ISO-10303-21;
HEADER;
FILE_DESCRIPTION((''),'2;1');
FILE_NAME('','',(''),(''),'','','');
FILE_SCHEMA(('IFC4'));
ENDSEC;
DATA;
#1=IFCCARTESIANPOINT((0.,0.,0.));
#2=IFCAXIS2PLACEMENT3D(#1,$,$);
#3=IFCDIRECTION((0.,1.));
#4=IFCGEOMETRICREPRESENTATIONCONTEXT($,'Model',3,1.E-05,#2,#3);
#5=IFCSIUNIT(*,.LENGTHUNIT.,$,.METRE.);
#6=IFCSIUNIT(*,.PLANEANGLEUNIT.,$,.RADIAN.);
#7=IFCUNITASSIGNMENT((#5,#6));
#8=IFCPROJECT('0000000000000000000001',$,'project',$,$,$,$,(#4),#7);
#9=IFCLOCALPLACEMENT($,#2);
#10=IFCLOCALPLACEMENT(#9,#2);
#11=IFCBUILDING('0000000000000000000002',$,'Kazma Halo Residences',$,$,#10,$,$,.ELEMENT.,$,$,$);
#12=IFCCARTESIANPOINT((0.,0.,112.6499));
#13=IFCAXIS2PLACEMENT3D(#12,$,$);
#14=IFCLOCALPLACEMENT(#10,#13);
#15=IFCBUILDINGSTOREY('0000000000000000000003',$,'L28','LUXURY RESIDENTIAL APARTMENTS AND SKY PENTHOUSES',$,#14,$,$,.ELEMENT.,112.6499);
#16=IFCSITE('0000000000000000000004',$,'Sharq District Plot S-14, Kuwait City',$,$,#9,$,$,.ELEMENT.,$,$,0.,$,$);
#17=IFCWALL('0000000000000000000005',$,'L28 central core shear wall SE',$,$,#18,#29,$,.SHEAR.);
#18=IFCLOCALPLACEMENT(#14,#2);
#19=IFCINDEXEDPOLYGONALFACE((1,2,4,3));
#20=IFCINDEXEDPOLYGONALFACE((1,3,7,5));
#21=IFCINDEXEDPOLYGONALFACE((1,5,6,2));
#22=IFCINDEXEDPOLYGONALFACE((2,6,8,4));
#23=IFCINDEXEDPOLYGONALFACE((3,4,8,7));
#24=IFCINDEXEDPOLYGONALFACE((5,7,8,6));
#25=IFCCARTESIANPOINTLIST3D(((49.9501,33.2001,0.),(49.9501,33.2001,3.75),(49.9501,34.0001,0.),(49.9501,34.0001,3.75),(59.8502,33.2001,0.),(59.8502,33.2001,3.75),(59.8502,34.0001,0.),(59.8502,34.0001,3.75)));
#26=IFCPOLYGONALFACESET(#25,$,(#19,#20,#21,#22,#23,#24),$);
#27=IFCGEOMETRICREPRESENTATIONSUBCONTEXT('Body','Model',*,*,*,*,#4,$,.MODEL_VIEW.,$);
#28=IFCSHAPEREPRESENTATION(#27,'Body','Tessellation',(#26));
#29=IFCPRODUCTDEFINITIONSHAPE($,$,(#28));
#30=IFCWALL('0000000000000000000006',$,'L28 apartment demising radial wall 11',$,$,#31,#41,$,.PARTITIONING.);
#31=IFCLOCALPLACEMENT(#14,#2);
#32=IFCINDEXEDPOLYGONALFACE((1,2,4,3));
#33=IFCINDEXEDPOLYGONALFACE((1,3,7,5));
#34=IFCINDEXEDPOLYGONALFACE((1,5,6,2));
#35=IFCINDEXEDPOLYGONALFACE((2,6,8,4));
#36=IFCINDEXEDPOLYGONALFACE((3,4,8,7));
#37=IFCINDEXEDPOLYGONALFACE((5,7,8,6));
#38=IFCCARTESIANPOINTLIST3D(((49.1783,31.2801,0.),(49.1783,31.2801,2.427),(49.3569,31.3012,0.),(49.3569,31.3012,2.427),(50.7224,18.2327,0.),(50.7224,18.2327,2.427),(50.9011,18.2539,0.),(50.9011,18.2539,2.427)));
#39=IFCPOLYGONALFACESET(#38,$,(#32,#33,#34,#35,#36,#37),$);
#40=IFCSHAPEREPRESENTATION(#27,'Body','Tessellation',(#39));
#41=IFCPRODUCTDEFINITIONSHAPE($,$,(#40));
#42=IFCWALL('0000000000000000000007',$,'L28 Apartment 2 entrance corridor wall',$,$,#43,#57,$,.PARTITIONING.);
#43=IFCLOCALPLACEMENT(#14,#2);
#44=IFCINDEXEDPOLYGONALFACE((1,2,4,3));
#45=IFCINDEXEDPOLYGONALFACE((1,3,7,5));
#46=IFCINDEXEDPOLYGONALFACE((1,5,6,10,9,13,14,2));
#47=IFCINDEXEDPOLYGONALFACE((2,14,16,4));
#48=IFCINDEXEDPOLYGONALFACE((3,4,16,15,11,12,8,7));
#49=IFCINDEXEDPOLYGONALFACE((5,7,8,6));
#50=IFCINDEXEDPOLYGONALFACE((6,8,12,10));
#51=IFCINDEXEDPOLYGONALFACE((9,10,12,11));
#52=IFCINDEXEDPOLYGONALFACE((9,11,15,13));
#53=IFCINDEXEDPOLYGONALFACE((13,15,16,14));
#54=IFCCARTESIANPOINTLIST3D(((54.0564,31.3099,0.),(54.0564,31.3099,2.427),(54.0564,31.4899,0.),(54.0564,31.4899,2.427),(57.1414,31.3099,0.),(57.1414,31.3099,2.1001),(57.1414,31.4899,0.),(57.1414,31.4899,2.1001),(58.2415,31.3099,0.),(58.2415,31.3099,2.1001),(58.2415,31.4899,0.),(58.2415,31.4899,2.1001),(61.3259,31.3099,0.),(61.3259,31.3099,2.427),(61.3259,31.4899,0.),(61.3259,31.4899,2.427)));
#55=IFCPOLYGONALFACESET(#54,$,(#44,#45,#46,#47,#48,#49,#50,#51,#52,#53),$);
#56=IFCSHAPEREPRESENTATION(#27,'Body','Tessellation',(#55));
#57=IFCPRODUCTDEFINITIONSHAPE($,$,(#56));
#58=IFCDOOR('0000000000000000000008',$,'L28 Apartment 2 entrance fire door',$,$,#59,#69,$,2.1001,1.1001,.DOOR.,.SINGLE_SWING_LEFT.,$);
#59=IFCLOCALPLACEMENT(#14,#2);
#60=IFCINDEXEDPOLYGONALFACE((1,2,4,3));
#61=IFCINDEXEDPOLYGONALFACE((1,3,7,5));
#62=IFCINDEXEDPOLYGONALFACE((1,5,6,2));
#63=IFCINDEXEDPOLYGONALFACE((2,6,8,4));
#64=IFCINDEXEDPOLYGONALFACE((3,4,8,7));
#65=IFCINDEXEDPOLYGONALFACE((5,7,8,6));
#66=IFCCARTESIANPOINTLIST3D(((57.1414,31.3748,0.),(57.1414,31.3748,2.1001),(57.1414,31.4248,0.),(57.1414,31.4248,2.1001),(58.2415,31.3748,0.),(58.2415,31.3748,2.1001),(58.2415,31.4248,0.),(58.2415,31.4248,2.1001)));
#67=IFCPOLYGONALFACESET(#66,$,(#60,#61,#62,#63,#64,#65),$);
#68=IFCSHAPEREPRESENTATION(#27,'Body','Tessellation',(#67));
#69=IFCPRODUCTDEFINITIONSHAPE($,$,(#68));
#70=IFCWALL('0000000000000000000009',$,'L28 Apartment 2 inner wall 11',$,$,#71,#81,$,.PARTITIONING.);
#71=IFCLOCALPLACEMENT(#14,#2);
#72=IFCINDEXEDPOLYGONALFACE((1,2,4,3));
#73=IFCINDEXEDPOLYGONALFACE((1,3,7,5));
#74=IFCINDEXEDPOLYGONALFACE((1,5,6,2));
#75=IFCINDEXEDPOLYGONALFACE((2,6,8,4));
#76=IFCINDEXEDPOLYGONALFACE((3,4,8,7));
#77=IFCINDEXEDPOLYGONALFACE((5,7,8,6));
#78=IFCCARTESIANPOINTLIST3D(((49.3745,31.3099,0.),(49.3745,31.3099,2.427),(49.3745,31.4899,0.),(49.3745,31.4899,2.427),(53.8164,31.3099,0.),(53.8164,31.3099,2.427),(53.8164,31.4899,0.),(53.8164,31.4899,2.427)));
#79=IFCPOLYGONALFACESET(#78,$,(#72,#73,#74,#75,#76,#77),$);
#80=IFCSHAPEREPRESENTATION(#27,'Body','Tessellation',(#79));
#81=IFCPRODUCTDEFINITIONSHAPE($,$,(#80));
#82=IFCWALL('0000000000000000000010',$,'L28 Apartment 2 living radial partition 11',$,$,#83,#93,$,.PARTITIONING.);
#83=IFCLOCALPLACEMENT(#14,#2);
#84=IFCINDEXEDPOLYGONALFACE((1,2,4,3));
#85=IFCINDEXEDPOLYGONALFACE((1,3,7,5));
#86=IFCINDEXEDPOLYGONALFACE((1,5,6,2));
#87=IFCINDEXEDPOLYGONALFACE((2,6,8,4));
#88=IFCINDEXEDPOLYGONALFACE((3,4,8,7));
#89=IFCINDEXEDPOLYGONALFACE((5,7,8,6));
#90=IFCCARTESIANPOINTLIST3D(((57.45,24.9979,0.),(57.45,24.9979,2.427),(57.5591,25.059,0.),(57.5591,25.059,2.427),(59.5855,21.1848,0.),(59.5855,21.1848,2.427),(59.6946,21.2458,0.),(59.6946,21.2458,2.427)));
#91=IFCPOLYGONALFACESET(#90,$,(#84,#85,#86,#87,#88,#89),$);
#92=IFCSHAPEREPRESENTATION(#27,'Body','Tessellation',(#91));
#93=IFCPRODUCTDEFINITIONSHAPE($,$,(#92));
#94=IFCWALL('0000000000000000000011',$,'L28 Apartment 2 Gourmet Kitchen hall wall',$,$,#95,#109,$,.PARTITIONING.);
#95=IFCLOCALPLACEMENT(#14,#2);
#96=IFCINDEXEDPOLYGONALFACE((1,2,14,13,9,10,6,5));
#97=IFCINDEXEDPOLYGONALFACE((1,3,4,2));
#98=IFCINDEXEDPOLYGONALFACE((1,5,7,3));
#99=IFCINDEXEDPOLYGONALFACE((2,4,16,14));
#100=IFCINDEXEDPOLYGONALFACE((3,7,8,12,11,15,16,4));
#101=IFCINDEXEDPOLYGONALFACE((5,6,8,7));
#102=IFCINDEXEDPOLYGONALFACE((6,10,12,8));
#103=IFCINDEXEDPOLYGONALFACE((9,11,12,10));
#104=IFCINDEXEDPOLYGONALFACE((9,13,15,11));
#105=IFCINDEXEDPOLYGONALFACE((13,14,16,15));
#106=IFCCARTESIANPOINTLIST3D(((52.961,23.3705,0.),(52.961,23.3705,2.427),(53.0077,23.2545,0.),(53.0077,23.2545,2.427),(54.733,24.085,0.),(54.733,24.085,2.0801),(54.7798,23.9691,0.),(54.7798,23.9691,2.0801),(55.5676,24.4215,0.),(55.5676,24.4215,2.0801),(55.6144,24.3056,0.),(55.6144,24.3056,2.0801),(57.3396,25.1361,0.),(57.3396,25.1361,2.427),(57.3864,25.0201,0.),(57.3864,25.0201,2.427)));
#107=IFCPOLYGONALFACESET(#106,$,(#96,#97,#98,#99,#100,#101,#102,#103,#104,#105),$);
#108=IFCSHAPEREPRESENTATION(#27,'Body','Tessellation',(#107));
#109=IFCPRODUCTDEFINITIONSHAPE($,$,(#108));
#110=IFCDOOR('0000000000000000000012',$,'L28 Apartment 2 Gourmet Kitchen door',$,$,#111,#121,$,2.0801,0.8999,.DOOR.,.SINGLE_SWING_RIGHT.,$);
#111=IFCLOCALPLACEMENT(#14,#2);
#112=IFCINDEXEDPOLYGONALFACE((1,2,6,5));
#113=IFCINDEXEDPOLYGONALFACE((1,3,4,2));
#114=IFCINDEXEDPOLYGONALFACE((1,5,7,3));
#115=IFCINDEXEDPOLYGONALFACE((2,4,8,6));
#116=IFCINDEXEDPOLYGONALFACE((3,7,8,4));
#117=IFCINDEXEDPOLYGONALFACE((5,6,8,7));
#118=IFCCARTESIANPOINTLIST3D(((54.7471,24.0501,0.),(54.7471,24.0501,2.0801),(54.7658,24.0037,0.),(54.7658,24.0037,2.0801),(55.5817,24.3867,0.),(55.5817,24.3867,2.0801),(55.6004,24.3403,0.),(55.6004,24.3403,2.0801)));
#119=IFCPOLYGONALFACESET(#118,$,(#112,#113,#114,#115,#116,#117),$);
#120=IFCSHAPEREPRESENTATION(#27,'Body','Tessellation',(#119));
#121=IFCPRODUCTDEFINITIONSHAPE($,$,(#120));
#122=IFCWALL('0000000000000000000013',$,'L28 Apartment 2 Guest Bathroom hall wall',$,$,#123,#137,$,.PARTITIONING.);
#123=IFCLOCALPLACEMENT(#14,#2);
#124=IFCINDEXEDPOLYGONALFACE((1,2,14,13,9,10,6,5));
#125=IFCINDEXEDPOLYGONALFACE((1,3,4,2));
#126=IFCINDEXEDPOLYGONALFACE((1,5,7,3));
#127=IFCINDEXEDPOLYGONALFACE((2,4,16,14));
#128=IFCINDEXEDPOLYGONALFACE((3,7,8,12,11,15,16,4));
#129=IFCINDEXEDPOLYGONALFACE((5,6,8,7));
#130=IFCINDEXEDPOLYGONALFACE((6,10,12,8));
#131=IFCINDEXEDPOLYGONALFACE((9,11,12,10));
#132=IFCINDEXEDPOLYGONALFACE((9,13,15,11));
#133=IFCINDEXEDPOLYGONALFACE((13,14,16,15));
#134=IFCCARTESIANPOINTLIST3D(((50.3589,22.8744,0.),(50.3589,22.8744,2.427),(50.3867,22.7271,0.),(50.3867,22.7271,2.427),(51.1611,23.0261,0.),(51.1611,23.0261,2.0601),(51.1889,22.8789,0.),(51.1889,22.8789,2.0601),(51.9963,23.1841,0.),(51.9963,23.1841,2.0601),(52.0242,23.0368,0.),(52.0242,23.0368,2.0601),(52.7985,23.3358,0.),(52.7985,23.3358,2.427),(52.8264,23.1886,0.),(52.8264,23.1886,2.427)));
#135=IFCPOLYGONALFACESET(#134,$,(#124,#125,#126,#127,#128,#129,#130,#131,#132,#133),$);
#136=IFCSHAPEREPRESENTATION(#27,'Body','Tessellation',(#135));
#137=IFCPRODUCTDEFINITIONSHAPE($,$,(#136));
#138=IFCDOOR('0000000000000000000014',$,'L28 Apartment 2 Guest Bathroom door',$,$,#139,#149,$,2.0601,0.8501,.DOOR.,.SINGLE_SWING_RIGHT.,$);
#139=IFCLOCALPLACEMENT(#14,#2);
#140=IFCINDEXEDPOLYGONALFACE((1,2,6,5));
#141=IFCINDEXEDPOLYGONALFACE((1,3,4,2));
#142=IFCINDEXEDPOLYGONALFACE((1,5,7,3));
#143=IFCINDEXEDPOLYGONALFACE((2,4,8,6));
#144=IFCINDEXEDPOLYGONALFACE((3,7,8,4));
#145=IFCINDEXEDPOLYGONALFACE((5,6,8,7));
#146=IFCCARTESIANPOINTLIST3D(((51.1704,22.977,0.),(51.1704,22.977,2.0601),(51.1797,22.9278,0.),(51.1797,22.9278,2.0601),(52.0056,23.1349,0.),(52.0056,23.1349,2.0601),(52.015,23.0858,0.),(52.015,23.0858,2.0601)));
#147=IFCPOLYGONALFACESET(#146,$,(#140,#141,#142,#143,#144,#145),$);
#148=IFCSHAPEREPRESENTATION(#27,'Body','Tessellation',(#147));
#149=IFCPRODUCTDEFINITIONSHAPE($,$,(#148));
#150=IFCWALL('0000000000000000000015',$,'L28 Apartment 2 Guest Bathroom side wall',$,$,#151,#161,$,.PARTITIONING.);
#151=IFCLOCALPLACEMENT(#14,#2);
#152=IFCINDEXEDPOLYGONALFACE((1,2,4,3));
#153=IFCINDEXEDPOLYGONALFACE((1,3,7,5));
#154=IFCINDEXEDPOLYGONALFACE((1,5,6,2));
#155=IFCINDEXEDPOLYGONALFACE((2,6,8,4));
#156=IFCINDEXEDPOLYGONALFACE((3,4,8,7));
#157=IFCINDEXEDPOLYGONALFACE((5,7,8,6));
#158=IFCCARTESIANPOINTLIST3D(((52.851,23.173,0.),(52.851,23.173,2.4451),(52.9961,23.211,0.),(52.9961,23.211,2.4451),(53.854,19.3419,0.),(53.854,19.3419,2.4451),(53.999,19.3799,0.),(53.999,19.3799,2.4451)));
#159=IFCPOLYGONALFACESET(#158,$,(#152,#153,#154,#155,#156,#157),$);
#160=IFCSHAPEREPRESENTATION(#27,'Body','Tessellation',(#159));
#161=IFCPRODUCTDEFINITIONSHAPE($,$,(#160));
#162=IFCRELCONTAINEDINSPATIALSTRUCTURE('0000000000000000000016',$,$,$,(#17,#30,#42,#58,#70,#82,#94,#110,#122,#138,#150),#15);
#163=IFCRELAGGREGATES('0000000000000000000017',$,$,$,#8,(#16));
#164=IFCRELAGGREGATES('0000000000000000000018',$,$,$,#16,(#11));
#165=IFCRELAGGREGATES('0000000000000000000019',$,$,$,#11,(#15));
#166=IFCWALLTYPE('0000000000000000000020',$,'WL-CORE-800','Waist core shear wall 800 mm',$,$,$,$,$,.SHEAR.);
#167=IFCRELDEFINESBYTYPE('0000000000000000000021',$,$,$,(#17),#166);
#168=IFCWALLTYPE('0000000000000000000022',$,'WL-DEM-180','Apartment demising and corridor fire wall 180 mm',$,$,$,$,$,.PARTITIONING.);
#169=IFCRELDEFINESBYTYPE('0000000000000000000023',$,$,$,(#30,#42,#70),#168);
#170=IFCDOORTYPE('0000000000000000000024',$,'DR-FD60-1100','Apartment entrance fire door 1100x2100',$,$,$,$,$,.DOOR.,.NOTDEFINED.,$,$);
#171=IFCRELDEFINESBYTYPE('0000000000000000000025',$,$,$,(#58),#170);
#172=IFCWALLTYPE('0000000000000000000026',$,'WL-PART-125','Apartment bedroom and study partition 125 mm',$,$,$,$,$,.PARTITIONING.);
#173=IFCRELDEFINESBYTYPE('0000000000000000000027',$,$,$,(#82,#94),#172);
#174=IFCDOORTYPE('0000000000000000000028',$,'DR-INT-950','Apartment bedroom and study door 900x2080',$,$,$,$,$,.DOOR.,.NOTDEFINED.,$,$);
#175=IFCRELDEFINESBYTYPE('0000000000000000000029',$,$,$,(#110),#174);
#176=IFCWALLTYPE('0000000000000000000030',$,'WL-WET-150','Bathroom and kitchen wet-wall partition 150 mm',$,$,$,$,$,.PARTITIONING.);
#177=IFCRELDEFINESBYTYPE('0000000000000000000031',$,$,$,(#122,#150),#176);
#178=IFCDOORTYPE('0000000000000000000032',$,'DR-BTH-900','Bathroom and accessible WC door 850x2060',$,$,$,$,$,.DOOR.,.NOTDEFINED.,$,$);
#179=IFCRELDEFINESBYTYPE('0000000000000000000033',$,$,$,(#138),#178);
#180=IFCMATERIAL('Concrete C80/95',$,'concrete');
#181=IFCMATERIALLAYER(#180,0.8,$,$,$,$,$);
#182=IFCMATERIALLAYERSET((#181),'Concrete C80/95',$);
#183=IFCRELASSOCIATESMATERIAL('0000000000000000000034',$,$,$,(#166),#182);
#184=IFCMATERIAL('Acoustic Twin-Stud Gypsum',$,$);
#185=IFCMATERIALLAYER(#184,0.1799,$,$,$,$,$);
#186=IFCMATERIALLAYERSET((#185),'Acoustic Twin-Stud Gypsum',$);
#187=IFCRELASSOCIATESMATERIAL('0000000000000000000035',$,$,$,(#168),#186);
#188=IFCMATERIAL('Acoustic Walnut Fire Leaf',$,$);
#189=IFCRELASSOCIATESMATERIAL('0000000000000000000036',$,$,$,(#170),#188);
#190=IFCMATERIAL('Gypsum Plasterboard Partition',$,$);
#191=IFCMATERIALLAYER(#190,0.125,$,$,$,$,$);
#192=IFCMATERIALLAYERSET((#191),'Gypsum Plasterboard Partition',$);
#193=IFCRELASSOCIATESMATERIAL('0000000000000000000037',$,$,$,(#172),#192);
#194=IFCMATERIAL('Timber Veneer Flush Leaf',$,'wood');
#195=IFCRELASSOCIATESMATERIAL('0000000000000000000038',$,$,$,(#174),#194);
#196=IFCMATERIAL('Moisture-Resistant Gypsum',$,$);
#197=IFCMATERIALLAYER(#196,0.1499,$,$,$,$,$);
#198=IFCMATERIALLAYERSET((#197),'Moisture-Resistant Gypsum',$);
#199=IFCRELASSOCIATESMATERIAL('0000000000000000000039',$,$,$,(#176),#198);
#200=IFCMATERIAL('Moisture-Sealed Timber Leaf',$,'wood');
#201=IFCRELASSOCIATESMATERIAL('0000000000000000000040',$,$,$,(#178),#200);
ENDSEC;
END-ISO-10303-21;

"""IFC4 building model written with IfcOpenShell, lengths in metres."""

from ifc_helpers import new_model, si_unit, direction, frame, frame_2d, origin, place, context, subcontext, project, spatial, rectangle, extrude, material, layer, layer_set, type_object, element, fill, save


model = new_model("IFC4")

# Units and contexts
model_context = context("Model", 3, precision=1e-05, world=origin(), true_north=direction((0.0, 1.0)))
body_context = subcontext(model_context, "Body", "Model", "MODEL_VIEW")
ifc_project = project(units=[si_unit("LENGTHUNIT", "METRE"), si_unit("PLANEANGLEUNIT", "RADIAN")], contexts=[model_context])

# Site, building, storey
site_placement = place(None, origin())
site = spatial("IfcSite", under=ifc_project, at=site_placement, Name="Sharq District Plot S-14, Kuwait City", CompositionType="ELEMENT", RefElevation=0.0)
building_placement = place(site_placement, origin())
building = spatial("IfcBuilding", under=site, at=building_placement, Name="Kazma Halo Residences", CompositionType="ELEMENT")
storey_placement = place(building_placement, frame((0.0, 0.0, 112.6499)))
storey = spatial("IfcBuildingStorey", under=building, at=storey_placement, Name="L28", Description="LUXURY RESIDENTIAL APARTMENTS AND SKY PENTHOUSES", CompositionType="ELEMENT", Elevation=112.6499)

# Shared definitions
ifc_material_1 = material(Name="Concrete C80/95", Category="concrete")

# Walls
ifc_layer_1 = layer(ifc_material_1, 0.8)
ifc_layer_set_1 = layer_set([ifc_layer_1], Name="Concrete C80/95")
wall_type_1 = type_object("IfcWallType", Name="WL-CORE-800", Description="Waist core shear wall 800 mm", PredefinedType="SHEAR", material=ifc_layer_set_1)
wall_1_placement = place(storey_placement, frame((49.95, 33.6001, 0.0), z_axis=(0.0, 0.0, 1.0), x_axis=(1.0, 0.0, 0.0)))
element("IfcWall", 1, at=wall_1_placement, inside=storey, type_object=wall_type_1, Name="L28 central core shear wall SE", PredefinedType="SHEAR", context=body_context, shape_type="SweptSolid", body=[
    extrude(rectangle(XDim=9.9001, YDim=0.8, at=frame_2d((4.9502, 0.0))), origin(), (0.0, 0.0, 1.0), 3.75),
])
ifc_material_2 = material(Name="Acoustic Twin-Stud Gypsum")
ifc_layer_2 = layer(ifc_material_2, 0.1799)
ifc_layer_set_2 = layer_set([ifc_layer_2], Name="Acoustic Twin-Stud Gypsum")
wall_type_2 = type_object("IfcWallType", Name="WL-DEM-180", Description="Apartment demising and corridor fire wall 180 mm", PredefinedType="PARTITIONING", material=ifc_layer_set_2)
wall_2_placement = place(storey_placement, frame((49.2676, 31.2908, 0.0), z_axis=(0.0, 0.0, 1.0), x_axis=(0.117532, -0.993069, 0.0)))
element("IfcWall", 2, at=wall_2_placement, inside=storey, type_object=wall_type_2, Name="L28 apartment demising radial wall 11", PredefinedType="PARTITIONING", context=body_context, shape_type="SweptSolid", body=[
    extrude(rectangle(XDim=13.1384, YDim=0.1799, at=frame_2d((6.5693, 0.0))), origin(), (0.0, 0.0, 1.0), 2.427),
])

# Wall, opening, door
wall_3_placement = place(storey_placement, frame((54.0564, 31.3999, 0.0), z_axis=(0.0, 0.0, 1.0), x_axis=(1.0, 0.0, 0.0)))
wall_3 = element("IfcWall", 3, at=wall_3_placement, inside=storey, type_object=wall_type_2, Name="L28 Apartment 2 entrance corridor wall", PredefinedType="PARTITIONING", context=body_context, shape_type="SweptSolid", body=[
    extrude(rectangle(XDim=7.2695, YDim=0.1799, at=frame_2d((3.6348, 0.0))), origin(), (0.0, 0.0, 1.0), 2.427),
])
opening_1_placement = place(wall_3_placement, frame((3.085, 0.0, 0.0)))
opening_1 = element("IfcOpeningElement", 4, at=opening_1_placement, cuts=wall_3, PredefinedType="OPENING", context=body_context, shape_type="SweptSolid", body=[
    extrude(rectangle(XDim=1.1001, YDim=2.1001, at=frame_2d((0.55, 1.05))), frame((0.0, 0.0999, 0.0), z_axis=(0.0, -1.0, 0.0), x_axis=(1.0, 0.0, 0.0)), (0.0, 0.0, 1.0), 0.2),
])
ifc_material_3 = material(Name="Acoustic Walnut Fire Leaf")
door_type_1 = type_object("IfcDoorType", Name="DR-FD60-1100", Description="Apartment entrance fire door 1100x2100", OperationType="NOTDEFINED", PredefinedType="DOOR", material=ifc_material_3)
door_1_placement = place(opening_1_placement, origin())
door_1 = element("IfcDoor", 5, at=door_1_placement, inside=storey, type_object=door_type_1, Name="L28 Apartment 2 entrance fire door", OperationType="SINGLE_SWING_LEFT", OverallHeight=2.1001, OverallWidth=1.1001, PredefinedType="DOOR", context=body_context, shape_type="SweptSolid", body=[
    extrude(rectangle(XDim=1.1001, YDim=2.1001, at=frame_2d((0.55, 1.05))), frame((0.0, 0.0249, 0.0), z_axis=(0.0, -1.0, 0.0), x_axis=(1.0, 0.0, 0.0)), (0.0, 0.0, 1.0), 0.05),
])
fill(opening_1, door_1)

# Wall
wall_4_placement = place(storey_placement, frame((49.3745, 31.3999, 0.0), z_axis=(0.0, 0.0, 1.0), x_axis=(1.0, 0.0, 0.0)))
element("IfcWall", 6, at=wall_4_placement, inside=storey, type_object=wall_type_2, Name="L28 Apartment 2 inner wall 11", PredefinedType="PARTITIONING", context=body_context, shape_type="SweptSolid", body=[
    extrude(rectangle(XDim=4.4419, YDim=0.1799, at=frame_2d((2.2209, 0.0))), origin(), (0.0, 0.0, 1.0), 2.427),
])

# Wall
ifc_material_4 = material(Name="Gypsum Plasterboard Partition")
ifc_layer_3 = layer(ifc_material_4, 0.125)
ifc_layer_set_3 = layer_set([ifc_layer_3], Name="Gypsum Plasterboard Partition")
wall_type_3 = type_object("IfcWallType", Name="WL-PART-125", Description="Apartment bedroom and study partition 125 mm", PredefinedType="PARTITIONING", material=ifc_layer_set_3)
wall_5_placement = place(storey_placement, frame((57.5046, 25.0283, 0.0), z_axis=(0.0, 0.0, 1.0), x_axis=(0.488619, -0.872497, 0.0)))
element("IfcWall", 7, at=wall_5_placement, inside=storey, type_object=wall_type_3, Name="L28 Apartment 2 living radial partition 11", PredefinedType="PARTITIONING", context=body_context, shape_type="SweptSolid", body=[
    extrude(rectangle(XDim=4.3704, YDim=0.125, at=frame_2d((2.1851, 0.0))), origin(), (0.0, 0.0, 1.0), 2.427),
])

# Walls, openings, doors
wall_6_placement = place(storey_placement, frame((52.9844, 23.3125, 0.0), z_axis=(0.0, 0.0, 1.0), x_axis=(0.927439, 0.373975, 0.0)))
wall_6 = element("IfcWall", 8, at=wall_6_placement, inside=storey, type_object=wall_type_3, Name="L28 Apartment 2 Gourmet Kitchen hall wall", PredefinedType="PARTITIONING", context=body_context, shape_type="SweptSolid", body=[
    extrude(rectangle(XDim=4.7212, YDim=0.125, at=frame_2d((2.3606, 0.0))), origin(), (0.0, 0.0, 1.0), 2.427),
])
opening_2_placement = place(wall_6_placement, frame((1.9106, 0.0, 0.0)))
opening_2 = element("IfcOpeningElement", 9, at=opening_2_placement, cuts=wall_6, PredefinedType="OPENING", context=body_context, shape_type="SweptSolid", body=[
    extrude(rectangle(XDim=0.8999, YDim=2.0801, at=frame_2d((0.45, 1.04))), frame((0.0, 0.0725, 0.0), z_axis=(0.0, -1.0, 0.0), x_axis=(1.0, 0.0, 0.0)), (0.0, 0.0, 1.0), 0.145),
])
ifc_material_5 = material(Name="Timber Veneer Flush Leaf", Category="wood")
door_type_2 = type_object("IfcDoorType", Name="DR-INT-950", Description="Apartment bedroom and study door 900x2080", OperationType="NOTDEFINED", PredefinedType="DOOR", material=ifc_material_5)
door_2_placement = place(opening_2_placement, origin())
door_2 = element("IfcDoor", 10, at=door_2_placement, inside=storey, type_object=door_type_2, Name="L28 Apartment 2 Gourmet Kitchen door", OperationType="SINGLE_SWING_RIGHT", OverallHeight=2.0801, OverallWidth=0.8999, PredefinedType="DOOR", context=body_context, shape_type="SweptSolid", body=[
    extrude(rectangle(XDim=0.8999, YDim=2.0801, at=frame_2d((0.45, 1.04))), frame((0.0, 0.0249, 0.0), z_axis=(0.0, -1.0, 0.0), x_axis=(1.0, 0.0, 0.0)), (0.0, 0.0, 1.0), 0.05),
])
fill(opening_2, door_2)
ifc_material_6 = material(Name="Moisture-Resistant Gypsum")
ifc_layer_4 = layer(ifc_material_6, 0.1499)
ifc_layer_set_4 = layer_set([ifc_layer_4], Name="Moisture-Resistant Gypsum")
wall_type_4 = type_object("IfcWallType", Name="WL-WET-150", Description="Bathroom and kitchen wet-wall partition 150 mm", PredefinedType="PARTITIONING", material=ifc_layer_set_4)
wall_7_placement = place(storey_placement, frame((50.3728, 22.8008, 0.0), z_axis=(0.0, 0.0, 1.0), x_axis=(0.98258, 0.185838, 0.0)))
wall_7 = element("IfcWall", 11, at=wall_7_placement, inside=storey, type_object=wall_type_4, Name="L28 Apartment 2 Guest Bathroom hall wall", PredefinedType="PARTITIONING", context=body_context, shape_type="SweptSolid", body=[
    extrude(rectangle(XDim=2.4829, YDim=0.1499, at=frame_2d((1.2415, 0.0))), origin(), (0.0, 0.0, 1.0), 2.427),
])
opening_3_placement = place(wall_7_placement, frame((0.8164, 0.0, 0.0)))
opening_3 = element("IfcOpeningElement", 12, at=opening_3_placement, cuts=wall_7, PredefinedType="OPENING", context=body_context, shape_type="SweptSolid", body=[
    extrude(rectangle(XDim=0.8501, YDim=2.0601, at=frame_2d((0.425, 1.03))), frame((0.0, 0.085, 0.0), z_axis=(0.0, -1.0, 0.0), x_axis=(1.0, 0.0, 0.0)), (0.0, 0.0, 1.0), 0.1699),
])
ifc_material_7 = material(Name="Moisture-Sealed Timber Leaf", Category="wood")
door_type_3 = type_object("IfcDoorType", Name="DR-BTH-900", Description="Bathroom and accessible WC door 850x2060", OperationType="NOTDEFINED", PredefinedType="DOOR", material=ifc_material_7)
door_3_placement = place(opening_3_placement, origin())
door_3 = element("IfcDoor", 13, at=door_3_placement, inside=storey, type_object=door_type_3, Name="L28 Apartment 2 Guest Bathroom door", OperationType="SINGLE_SWING_RIGHT", OverallHeight=2.0601, OverallWidth=0.8501, PredefinedType="DOOR", context=body_context, shape_type="SweptSolid", body=[
    extrude(rectangle(XDim=0.8501, YDim=2.0601, at=frame_2d((0.425, 1.03))), frame((0.0, 0.0249, 0.0), z_axis=(0.0, -1.0, 0.0), x_axis=(1.0, 0.0, 0.0)), (0.0, 0.0, 1.0), 0.05),
])
fill(opening_3, door_3)

# Wall
wall_8_placement = place(storey_placement, frame((52.9236, 23.1919, 0.0), z_axis=(0.0, 0.0, 1.0), x_axis=(0.253255, -0.9674, 0.0)))
element("IfcWall", 14, at=wall_8_placement, inside=storey, type_object=wall_type_4, Name="L28 Apartment 2 Guest Bathroom side wall", PredefinedType="PARTITIONING", context=body_context, shape_type="SweptSolid", body=[
    extrude(rectangle(XDim=3.9602, YDim=0.1499, at=frame_2d((1.98, 0.0))), origin(), (0.0, 0.0, 1.0), 2.4451),
])

save(model, "model.ifc")
